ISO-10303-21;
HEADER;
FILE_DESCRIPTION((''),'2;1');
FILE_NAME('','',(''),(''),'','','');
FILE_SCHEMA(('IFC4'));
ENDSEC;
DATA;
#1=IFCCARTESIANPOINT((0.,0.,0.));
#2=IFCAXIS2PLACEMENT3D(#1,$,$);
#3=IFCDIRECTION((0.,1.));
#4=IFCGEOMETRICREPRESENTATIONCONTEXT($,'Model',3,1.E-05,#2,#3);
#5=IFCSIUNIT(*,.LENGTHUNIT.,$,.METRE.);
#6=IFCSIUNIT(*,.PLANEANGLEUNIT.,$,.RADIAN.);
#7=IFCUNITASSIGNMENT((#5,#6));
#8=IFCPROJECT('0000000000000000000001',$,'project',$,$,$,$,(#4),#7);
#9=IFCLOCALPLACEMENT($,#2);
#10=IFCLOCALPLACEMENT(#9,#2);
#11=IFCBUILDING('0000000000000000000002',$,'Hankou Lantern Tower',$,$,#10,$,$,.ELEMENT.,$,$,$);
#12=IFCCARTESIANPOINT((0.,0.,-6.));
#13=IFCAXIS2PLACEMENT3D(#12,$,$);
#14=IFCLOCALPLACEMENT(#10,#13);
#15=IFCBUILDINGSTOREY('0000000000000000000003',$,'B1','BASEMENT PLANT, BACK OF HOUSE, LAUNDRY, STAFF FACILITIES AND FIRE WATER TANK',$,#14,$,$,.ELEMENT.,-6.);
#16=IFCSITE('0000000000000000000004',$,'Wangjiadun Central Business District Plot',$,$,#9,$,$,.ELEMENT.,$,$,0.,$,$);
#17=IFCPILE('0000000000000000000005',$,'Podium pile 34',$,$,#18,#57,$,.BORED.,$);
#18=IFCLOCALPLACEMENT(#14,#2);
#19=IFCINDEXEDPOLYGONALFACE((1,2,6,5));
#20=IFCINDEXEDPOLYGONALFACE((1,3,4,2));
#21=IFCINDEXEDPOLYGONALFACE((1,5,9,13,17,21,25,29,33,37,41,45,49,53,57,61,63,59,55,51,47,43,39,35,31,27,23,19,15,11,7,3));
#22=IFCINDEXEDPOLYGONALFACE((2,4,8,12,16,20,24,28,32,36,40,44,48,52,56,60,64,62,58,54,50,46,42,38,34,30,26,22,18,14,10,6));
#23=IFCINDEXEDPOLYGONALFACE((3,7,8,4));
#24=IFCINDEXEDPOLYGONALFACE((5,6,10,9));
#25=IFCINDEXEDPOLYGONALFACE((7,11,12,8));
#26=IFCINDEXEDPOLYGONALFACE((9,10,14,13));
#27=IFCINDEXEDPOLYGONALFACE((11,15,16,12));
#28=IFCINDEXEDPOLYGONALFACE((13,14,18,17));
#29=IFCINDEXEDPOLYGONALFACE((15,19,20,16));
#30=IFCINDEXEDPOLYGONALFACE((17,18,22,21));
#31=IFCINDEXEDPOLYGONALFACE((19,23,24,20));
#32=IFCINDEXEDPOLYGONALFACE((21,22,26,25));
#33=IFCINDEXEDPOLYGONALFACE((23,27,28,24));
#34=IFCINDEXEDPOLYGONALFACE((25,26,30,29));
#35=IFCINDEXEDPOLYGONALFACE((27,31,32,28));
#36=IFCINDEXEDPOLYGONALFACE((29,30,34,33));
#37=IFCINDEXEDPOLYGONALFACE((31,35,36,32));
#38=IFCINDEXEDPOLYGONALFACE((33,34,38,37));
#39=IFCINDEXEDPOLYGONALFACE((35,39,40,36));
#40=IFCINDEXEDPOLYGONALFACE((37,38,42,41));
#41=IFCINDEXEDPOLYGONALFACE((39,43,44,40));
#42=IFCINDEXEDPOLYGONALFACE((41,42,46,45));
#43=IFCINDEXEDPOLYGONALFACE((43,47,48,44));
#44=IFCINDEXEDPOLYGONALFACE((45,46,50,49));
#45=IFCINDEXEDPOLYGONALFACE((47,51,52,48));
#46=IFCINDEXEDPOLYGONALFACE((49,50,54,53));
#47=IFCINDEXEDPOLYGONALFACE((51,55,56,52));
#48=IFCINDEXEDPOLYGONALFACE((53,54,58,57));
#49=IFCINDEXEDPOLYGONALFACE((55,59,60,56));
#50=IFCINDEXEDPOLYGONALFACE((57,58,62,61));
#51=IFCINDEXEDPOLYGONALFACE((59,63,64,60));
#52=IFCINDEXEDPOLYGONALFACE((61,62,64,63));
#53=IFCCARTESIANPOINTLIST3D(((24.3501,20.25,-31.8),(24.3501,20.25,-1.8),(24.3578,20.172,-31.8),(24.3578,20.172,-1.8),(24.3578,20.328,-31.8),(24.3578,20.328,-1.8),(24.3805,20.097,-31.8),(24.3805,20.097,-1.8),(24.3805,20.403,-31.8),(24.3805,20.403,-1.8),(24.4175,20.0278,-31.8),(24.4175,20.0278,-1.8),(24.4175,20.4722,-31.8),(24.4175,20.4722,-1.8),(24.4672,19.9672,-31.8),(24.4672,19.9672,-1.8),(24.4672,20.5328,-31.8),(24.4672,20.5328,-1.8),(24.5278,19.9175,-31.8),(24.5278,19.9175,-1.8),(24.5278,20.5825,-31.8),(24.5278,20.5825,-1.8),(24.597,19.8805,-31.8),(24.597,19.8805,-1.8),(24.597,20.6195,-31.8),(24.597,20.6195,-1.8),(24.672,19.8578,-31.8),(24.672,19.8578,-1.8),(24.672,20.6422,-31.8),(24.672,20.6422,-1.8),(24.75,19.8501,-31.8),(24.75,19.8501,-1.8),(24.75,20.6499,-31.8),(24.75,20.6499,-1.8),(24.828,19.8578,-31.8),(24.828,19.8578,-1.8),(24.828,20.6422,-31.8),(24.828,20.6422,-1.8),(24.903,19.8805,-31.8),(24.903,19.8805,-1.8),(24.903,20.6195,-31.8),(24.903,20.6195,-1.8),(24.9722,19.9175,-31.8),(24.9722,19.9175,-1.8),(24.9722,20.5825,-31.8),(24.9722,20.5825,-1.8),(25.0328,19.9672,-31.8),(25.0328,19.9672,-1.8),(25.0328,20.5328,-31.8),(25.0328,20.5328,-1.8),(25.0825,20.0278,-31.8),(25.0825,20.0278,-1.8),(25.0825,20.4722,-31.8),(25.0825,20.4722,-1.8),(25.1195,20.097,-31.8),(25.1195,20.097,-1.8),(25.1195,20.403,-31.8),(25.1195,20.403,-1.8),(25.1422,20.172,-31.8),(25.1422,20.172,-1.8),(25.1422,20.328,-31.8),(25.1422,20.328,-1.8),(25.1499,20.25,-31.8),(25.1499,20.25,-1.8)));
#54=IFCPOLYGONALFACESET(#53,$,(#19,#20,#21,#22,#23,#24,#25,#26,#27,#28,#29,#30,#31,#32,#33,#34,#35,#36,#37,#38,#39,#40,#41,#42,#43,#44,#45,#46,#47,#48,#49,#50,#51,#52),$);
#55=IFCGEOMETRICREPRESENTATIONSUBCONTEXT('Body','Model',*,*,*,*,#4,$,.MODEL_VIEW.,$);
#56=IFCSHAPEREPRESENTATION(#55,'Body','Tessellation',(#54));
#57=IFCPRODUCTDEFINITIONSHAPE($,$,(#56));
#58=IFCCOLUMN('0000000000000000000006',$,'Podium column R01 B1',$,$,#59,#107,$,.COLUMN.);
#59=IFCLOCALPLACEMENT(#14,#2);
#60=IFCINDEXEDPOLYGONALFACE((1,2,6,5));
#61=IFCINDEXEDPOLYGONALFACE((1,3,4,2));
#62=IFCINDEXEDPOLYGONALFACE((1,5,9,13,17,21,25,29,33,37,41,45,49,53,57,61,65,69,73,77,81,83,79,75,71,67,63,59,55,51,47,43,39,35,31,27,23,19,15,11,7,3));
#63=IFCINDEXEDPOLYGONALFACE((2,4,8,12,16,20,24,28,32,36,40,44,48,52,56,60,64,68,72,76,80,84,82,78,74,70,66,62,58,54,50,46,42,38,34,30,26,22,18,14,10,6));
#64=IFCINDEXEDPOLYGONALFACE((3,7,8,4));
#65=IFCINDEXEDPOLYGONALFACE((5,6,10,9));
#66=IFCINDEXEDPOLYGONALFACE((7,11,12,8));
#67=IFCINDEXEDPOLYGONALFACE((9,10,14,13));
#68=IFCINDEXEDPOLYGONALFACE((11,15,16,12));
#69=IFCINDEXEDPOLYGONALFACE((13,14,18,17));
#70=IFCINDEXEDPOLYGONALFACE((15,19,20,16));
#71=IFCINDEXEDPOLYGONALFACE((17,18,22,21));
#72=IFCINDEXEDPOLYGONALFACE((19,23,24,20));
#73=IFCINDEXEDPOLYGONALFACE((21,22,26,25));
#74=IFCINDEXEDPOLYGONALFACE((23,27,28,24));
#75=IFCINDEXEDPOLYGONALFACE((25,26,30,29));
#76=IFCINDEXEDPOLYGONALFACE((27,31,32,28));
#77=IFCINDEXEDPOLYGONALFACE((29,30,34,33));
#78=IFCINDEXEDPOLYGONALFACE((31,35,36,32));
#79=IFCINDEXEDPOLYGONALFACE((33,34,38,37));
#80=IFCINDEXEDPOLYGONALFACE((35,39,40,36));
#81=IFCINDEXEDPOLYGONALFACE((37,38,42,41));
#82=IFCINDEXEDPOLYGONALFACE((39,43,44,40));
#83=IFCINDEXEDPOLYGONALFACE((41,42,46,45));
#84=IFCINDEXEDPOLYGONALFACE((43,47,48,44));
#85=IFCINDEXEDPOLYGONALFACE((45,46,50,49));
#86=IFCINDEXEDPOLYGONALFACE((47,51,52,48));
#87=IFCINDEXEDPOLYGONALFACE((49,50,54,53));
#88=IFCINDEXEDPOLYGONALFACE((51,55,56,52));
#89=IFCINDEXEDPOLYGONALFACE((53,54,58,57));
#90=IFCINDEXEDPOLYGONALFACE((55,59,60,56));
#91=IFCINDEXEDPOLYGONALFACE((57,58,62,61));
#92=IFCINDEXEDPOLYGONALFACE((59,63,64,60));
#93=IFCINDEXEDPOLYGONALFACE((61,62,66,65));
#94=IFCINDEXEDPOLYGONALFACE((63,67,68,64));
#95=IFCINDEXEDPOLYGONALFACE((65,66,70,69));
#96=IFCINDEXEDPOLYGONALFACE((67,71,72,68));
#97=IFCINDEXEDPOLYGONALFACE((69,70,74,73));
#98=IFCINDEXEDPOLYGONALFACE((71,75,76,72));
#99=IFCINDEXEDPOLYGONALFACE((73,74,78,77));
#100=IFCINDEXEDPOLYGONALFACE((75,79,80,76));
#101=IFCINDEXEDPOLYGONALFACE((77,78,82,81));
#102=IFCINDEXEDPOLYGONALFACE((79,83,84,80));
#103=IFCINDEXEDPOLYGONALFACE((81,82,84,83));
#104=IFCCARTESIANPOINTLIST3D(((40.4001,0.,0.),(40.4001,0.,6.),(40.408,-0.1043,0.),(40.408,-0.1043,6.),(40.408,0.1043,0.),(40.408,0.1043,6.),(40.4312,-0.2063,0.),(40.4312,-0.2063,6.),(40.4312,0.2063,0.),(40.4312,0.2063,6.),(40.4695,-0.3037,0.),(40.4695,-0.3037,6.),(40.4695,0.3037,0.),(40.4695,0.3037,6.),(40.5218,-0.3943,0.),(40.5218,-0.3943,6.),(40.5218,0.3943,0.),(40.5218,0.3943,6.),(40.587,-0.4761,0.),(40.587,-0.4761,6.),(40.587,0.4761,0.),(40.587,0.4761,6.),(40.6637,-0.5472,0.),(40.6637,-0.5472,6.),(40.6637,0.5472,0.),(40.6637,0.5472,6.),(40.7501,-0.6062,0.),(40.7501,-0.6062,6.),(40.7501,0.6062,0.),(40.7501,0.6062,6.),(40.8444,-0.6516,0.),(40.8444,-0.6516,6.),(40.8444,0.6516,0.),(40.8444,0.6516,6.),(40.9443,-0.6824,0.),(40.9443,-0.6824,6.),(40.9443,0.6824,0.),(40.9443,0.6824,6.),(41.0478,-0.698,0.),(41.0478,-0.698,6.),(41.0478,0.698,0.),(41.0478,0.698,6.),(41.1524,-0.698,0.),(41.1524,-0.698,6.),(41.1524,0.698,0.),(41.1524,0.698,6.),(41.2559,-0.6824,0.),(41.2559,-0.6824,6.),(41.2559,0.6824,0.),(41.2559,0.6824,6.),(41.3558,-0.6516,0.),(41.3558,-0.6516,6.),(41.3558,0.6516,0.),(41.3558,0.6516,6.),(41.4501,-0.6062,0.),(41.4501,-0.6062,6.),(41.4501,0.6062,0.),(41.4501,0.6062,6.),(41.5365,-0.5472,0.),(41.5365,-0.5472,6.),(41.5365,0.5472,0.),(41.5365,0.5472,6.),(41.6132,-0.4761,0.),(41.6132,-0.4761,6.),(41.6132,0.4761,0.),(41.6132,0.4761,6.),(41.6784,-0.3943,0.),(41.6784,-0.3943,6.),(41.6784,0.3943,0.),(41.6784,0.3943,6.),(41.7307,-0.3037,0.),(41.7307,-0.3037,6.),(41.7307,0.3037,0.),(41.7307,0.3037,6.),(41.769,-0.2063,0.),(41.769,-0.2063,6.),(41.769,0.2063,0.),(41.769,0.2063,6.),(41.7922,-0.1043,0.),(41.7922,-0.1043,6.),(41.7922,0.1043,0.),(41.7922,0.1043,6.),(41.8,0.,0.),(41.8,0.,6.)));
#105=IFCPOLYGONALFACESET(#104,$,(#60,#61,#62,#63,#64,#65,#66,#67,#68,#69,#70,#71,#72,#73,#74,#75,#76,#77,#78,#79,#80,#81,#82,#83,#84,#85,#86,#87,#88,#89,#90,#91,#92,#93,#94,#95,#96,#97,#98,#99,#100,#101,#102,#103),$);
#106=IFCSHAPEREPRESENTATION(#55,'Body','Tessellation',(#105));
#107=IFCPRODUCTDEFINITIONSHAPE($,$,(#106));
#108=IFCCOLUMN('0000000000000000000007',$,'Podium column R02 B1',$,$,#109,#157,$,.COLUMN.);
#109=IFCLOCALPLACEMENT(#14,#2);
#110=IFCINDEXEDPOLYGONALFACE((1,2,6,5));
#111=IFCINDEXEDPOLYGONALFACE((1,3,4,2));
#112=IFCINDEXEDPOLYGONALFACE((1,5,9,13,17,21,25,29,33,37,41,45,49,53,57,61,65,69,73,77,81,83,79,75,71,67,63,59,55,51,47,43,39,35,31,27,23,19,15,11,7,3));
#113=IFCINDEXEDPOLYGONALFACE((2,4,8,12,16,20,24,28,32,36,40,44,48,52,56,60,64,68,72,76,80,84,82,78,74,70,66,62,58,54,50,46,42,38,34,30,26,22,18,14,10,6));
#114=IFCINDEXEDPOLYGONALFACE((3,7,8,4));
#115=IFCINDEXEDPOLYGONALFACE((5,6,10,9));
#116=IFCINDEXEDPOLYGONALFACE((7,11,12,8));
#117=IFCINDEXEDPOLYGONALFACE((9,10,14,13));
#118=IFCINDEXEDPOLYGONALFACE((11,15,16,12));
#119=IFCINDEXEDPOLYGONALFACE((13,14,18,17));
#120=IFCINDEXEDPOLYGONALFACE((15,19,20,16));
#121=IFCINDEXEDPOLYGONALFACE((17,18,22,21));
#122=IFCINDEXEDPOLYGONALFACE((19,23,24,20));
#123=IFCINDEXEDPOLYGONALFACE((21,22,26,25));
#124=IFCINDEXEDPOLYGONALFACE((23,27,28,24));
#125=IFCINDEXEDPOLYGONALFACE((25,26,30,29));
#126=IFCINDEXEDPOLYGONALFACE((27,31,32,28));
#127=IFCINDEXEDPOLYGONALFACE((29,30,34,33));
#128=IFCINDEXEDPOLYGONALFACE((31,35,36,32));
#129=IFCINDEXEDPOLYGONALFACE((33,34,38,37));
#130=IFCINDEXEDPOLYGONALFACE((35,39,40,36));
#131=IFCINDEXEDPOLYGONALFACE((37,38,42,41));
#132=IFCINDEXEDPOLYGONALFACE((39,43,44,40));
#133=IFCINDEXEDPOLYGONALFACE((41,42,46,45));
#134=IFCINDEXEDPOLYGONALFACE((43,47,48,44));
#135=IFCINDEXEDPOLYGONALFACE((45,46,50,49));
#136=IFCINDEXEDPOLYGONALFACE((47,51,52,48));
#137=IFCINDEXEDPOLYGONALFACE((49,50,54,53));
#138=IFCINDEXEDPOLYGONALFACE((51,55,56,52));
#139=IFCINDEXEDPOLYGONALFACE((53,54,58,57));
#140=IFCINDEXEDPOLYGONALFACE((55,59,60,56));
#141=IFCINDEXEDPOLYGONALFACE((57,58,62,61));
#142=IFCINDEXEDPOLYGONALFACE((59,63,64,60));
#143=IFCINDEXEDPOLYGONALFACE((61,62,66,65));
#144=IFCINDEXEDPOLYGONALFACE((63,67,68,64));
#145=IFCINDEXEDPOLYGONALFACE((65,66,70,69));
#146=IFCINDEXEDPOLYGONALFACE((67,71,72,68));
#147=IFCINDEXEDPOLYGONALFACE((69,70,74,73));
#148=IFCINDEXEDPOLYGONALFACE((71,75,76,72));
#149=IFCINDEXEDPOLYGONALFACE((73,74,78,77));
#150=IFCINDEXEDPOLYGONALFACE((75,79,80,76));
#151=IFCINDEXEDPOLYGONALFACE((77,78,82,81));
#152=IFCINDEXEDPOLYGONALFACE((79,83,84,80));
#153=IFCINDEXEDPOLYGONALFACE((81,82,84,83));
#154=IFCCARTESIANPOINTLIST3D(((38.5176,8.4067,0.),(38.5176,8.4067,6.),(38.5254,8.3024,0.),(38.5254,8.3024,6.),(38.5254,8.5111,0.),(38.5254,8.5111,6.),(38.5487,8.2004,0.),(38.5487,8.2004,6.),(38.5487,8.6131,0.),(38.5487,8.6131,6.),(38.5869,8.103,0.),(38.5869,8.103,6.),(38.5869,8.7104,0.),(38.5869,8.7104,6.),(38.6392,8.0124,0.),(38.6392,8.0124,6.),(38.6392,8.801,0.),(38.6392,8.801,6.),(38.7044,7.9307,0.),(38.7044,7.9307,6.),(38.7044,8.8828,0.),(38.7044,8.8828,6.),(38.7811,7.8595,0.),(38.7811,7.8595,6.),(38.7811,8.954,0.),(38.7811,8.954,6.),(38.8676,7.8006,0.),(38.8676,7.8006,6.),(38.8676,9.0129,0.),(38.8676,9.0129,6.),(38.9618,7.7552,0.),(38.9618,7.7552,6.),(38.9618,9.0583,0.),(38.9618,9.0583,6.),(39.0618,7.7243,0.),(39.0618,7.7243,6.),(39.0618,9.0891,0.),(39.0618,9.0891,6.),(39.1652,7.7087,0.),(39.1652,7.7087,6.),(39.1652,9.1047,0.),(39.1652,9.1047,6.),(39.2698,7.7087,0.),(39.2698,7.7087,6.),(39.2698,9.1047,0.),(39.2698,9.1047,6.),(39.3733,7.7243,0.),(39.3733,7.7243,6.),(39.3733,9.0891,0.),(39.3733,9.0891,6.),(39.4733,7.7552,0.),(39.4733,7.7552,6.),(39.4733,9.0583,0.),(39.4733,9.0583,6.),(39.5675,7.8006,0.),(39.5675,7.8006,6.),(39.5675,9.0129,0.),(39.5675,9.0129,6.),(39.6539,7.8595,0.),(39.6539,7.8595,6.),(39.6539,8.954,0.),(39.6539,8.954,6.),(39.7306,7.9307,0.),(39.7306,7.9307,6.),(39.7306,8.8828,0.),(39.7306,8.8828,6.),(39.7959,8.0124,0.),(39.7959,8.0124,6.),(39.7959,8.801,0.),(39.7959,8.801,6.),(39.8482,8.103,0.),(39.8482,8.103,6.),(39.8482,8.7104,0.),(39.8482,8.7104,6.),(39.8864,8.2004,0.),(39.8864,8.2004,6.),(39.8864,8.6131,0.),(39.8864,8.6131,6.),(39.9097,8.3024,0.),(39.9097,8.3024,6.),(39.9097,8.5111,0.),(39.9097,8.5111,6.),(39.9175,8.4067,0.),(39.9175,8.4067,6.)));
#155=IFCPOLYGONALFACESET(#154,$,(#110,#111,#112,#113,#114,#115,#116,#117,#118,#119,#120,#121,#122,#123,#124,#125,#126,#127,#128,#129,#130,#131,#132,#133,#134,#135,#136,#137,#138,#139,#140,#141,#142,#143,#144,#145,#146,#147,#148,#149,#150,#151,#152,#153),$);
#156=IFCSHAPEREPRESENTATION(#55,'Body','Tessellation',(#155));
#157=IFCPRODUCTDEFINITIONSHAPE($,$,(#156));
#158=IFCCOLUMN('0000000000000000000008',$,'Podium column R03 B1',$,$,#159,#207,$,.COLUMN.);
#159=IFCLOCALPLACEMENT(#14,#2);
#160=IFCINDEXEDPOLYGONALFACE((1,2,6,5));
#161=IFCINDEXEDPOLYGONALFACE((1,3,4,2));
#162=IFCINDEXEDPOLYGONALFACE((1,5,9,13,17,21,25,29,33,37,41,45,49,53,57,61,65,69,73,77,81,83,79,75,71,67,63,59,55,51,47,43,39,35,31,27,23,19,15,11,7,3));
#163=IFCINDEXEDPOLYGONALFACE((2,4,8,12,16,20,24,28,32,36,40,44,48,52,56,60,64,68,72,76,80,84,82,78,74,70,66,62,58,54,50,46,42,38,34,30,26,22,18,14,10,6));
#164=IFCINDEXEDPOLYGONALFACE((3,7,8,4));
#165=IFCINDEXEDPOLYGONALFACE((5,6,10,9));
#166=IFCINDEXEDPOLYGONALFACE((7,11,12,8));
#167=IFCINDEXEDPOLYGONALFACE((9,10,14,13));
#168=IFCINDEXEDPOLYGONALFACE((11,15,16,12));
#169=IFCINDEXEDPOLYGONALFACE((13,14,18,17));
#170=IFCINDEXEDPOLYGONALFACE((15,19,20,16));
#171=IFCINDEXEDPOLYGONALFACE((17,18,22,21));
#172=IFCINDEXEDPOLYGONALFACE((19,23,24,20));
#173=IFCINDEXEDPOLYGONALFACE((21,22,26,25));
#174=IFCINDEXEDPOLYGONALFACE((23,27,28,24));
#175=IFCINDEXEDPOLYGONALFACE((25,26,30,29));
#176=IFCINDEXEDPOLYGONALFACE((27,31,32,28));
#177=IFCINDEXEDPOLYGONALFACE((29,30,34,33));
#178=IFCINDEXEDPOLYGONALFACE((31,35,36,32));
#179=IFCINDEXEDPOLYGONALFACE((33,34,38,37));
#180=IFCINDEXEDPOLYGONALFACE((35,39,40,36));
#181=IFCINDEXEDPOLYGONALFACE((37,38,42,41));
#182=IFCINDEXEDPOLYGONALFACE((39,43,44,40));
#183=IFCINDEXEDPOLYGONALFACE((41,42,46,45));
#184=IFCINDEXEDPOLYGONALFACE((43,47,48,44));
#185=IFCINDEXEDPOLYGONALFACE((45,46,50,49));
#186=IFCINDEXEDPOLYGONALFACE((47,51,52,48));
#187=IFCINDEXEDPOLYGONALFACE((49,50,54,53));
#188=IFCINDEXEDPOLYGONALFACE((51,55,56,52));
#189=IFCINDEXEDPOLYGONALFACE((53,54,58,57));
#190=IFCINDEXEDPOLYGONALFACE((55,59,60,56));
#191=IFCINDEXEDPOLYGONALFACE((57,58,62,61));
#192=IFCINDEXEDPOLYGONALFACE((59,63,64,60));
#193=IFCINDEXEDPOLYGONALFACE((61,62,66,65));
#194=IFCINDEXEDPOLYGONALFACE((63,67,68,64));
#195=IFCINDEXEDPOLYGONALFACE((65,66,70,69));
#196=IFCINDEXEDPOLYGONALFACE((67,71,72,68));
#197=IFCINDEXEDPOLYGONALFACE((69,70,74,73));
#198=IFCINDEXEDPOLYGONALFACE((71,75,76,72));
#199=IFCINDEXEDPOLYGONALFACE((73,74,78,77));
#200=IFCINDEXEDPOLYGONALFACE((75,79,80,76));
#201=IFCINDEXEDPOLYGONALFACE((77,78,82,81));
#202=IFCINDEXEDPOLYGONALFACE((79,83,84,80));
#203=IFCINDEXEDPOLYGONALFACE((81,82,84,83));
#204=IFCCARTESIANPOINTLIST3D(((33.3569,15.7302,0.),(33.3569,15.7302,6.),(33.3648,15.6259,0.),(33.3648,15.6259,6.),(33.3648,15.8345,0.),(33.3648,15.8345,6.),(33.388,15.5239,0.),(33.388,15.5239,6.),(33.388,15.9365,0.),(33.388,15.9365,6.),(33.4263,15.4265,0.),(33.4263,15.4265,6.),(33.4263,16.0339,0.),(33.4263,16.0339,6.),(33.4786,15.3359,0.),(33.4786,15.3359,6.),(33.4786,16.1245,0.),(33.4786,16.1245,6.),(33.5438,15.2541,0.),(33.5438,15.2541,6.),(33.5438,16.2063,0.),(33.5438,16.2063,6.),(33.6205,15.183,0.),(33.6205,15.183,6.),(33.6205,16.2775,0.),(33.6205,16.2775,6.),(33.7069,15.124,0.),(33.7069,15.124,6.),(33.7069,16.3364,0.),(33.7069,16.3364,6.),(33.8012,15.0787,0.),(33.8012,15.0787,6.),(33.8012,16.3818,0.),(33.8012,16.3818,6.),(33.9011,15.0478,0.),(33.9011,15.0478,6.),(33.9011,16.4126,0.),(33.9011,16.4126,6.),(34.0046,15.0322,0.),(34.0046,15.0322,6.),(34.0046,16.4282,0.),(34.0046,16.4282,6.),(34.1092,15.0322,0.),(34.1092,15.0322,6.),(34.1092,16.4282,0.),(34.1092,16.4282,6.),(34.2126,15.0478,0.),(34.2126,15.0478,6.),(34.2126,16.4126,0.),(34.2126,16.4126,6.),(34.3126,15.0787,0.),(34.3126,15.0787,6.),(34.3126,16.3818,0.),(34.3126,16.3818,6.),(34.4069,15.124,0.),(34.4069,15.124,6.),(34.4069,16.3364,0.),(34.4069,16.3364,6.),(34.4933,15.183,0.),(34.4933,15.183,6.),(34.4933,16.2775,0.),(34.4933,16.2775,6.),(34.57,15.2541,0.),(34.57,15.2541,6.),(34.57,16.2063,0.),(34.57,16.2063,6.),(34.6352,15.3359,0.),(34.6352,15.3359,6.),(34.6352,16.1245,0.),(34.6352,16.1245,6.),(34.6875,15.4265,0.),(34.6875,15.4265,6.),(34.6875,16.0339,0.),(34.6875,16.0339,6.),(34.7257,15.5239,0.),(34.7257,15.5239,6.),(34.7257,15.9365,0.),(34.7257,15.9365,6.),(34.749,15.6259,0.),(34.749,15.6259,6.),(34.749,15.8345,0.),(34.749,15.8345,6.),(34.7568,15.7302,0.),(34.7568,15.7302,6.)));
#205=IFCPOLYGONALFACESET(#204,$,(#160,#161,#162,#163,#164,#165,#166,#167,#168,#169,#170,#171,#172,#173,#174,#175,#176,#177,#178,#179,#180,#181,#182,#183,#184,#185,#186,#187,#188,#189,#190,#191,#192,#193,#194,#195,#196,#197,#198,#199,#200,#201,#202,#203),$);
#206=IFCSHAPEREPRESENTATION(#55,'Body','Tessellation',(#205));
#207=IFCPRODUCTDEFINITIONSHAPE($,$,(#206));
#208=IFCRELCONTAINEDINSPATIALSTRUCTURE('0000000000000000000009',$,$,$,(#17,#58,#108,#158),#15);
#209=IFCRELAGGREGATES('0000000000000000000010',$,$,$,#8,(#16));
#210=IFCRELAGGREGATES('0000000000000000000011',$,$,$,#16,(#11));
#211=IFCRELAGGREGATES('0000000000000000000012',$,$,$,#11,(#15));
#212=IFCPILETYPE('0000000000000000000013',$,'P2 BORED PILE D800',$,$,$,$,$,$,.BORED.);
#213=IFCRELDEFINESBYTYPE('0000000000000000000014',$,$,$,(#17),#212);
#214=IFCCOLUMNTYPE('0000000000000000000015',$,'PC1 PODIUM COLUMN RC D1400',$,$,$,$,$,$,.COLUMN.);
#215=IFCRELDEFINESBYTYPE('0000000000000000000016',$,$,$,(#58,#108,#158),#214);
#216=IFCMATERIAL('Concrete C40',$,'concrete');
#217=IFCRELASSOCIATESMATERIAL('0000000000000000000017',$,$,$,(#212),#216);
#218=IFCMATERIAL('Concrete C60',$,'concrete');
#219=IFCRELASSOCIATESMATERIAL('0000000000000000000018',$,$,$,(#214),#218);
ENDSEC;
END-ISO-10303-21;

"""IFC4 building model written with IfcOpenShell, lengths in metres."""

from ifc_helpers import new_model, si_unit, direction, frame, origin, origin_2d, place, context, subcontext, project, spatial, circle, extrude, material, material_profile, profile_set, type_object, element, save


model = new_model("IFC4")

# Units and contexts
model_context = context("Model", 3, precision=1e-05, world=origin(), true_north=direction((0.0, 1.0)))
body_context = subcontext(model_context, "Body", "Model", "MODEL_VIEW")
ifc_project = project(units=[si_unit("LENGTHUNIT", "METRE"), si_unit("PLANEANGLEUNIT", "RADIAN")], contexts=[model_context])

# Site, building, storey
site_placement = place(None, origin())
site = spatial("IfcSite", under=ifc_project, at=site_placement, Name="Wangjiadun Central Business District Plot", CompositionType="ELEMENT", RefElevation=0.0)
building_placement = place(site_placement, origin())
building = spatial("IfcBuilding", under=site, at=building_placement, Name="Hankou Lantern Tower", CompositionType="ELEMENT")
storey_placement = place(building_placement, frame((0.0, 0.0, -6.0)))
storey = spatial("IfcBuildingStorey", under=building, at=storey_placement, Name="B1", Description="BASEMENT PLANT, BACK OF HOUSE, LAUNDRY, STAFF FACILITIES AND FIRE WATER TANK", CompositionType="ELEMENT", Elevation=-6.0)

# Pile
ifc_material_1 = material(Name="Concrete C40", Category="concrete")
ifc_material_profile_1 = material_profile(ifc_material_1, circle(Radius=0.3999, at=origin_2d()), Name="RC D800")
ifc_profile_set_1 = profile_set([ifc_material_profile_1], Name="Concrete C40")
pile_type_1 = type_object("IfcPileType", Name="P2 BORED PILE D800", PredefinedType="BORED", material=ifc_profile_set_1)
for number, where, z_axis, x_axis, name in (
    (1, (24.75, 20.25, -1.8), (0.0, 0.0, -1.0), (1.0, 0.0, 0.0), "Podium pile 34"),
):
    element("IfcPile", number, at=place(storey_placement, frame(where, z_axis=z_axis, x_axis=x_axis)), inside=storey, type_object=pile_type_1, Name=name, PredefinedType="BORED", context=body_context, shape_type="SweptSolid", body=[
        extrude(circle(Radius=0.3999, at=origin_2d()), origin(), (0.0, 0.0, 1.0), 30.0),
    ])

# Columns
ifc_material_2 = material(Name="Concrete C60", Category="concrete")
ifc_material_profile_2 = material_profile(ifc_material_2, circle(Radius=0.7, at=origin_2d()), Name="RC D1400")
ifc_profile_set_2 = profile_set([ifc_material_profile_2], Name="Concrete C60")
column_type_1 = type_object("IfcColumnType", Name="PC1 PODIUM COLUMN RC D1400", PredefinedType="COLUMN", material=ifc_profile_set_2)
for number, where, z_axis, x_axis, name in (
    (2, (41.1001, 0.0, 0.0), (0.0, 0.0, 1.0), (1.0, 0.0, 0.0), "Podium column R01 B1"),
    (3, (39.2175, 8.4067, 0.0), (0.0, 0.0, 1.0), (1.0, 0.0, 0.0), "Podium column R02 B1"),
    (4, (34.0569, 15.7302, 0.0), (0.0, 0.0, 1.0), (1.0, 0.0, 0.0), "Podium column R03 B1"),
):
    element("IfcColumn", number, at=place(storey_placement, frame(where, z_axis=z_axis, x_axis=x_axis)), inside=storey, type_object=column_type_1, Name=name, PredefinedType="COLUMN", context=body_context, shape_type="SweptSolid", body=[
        extrude(circle(Radius=0.7, at=origin_2d()), origin(), (0.0, 0.0, 1.0), 6.0),
    ])

save(model, "model.ifc")
